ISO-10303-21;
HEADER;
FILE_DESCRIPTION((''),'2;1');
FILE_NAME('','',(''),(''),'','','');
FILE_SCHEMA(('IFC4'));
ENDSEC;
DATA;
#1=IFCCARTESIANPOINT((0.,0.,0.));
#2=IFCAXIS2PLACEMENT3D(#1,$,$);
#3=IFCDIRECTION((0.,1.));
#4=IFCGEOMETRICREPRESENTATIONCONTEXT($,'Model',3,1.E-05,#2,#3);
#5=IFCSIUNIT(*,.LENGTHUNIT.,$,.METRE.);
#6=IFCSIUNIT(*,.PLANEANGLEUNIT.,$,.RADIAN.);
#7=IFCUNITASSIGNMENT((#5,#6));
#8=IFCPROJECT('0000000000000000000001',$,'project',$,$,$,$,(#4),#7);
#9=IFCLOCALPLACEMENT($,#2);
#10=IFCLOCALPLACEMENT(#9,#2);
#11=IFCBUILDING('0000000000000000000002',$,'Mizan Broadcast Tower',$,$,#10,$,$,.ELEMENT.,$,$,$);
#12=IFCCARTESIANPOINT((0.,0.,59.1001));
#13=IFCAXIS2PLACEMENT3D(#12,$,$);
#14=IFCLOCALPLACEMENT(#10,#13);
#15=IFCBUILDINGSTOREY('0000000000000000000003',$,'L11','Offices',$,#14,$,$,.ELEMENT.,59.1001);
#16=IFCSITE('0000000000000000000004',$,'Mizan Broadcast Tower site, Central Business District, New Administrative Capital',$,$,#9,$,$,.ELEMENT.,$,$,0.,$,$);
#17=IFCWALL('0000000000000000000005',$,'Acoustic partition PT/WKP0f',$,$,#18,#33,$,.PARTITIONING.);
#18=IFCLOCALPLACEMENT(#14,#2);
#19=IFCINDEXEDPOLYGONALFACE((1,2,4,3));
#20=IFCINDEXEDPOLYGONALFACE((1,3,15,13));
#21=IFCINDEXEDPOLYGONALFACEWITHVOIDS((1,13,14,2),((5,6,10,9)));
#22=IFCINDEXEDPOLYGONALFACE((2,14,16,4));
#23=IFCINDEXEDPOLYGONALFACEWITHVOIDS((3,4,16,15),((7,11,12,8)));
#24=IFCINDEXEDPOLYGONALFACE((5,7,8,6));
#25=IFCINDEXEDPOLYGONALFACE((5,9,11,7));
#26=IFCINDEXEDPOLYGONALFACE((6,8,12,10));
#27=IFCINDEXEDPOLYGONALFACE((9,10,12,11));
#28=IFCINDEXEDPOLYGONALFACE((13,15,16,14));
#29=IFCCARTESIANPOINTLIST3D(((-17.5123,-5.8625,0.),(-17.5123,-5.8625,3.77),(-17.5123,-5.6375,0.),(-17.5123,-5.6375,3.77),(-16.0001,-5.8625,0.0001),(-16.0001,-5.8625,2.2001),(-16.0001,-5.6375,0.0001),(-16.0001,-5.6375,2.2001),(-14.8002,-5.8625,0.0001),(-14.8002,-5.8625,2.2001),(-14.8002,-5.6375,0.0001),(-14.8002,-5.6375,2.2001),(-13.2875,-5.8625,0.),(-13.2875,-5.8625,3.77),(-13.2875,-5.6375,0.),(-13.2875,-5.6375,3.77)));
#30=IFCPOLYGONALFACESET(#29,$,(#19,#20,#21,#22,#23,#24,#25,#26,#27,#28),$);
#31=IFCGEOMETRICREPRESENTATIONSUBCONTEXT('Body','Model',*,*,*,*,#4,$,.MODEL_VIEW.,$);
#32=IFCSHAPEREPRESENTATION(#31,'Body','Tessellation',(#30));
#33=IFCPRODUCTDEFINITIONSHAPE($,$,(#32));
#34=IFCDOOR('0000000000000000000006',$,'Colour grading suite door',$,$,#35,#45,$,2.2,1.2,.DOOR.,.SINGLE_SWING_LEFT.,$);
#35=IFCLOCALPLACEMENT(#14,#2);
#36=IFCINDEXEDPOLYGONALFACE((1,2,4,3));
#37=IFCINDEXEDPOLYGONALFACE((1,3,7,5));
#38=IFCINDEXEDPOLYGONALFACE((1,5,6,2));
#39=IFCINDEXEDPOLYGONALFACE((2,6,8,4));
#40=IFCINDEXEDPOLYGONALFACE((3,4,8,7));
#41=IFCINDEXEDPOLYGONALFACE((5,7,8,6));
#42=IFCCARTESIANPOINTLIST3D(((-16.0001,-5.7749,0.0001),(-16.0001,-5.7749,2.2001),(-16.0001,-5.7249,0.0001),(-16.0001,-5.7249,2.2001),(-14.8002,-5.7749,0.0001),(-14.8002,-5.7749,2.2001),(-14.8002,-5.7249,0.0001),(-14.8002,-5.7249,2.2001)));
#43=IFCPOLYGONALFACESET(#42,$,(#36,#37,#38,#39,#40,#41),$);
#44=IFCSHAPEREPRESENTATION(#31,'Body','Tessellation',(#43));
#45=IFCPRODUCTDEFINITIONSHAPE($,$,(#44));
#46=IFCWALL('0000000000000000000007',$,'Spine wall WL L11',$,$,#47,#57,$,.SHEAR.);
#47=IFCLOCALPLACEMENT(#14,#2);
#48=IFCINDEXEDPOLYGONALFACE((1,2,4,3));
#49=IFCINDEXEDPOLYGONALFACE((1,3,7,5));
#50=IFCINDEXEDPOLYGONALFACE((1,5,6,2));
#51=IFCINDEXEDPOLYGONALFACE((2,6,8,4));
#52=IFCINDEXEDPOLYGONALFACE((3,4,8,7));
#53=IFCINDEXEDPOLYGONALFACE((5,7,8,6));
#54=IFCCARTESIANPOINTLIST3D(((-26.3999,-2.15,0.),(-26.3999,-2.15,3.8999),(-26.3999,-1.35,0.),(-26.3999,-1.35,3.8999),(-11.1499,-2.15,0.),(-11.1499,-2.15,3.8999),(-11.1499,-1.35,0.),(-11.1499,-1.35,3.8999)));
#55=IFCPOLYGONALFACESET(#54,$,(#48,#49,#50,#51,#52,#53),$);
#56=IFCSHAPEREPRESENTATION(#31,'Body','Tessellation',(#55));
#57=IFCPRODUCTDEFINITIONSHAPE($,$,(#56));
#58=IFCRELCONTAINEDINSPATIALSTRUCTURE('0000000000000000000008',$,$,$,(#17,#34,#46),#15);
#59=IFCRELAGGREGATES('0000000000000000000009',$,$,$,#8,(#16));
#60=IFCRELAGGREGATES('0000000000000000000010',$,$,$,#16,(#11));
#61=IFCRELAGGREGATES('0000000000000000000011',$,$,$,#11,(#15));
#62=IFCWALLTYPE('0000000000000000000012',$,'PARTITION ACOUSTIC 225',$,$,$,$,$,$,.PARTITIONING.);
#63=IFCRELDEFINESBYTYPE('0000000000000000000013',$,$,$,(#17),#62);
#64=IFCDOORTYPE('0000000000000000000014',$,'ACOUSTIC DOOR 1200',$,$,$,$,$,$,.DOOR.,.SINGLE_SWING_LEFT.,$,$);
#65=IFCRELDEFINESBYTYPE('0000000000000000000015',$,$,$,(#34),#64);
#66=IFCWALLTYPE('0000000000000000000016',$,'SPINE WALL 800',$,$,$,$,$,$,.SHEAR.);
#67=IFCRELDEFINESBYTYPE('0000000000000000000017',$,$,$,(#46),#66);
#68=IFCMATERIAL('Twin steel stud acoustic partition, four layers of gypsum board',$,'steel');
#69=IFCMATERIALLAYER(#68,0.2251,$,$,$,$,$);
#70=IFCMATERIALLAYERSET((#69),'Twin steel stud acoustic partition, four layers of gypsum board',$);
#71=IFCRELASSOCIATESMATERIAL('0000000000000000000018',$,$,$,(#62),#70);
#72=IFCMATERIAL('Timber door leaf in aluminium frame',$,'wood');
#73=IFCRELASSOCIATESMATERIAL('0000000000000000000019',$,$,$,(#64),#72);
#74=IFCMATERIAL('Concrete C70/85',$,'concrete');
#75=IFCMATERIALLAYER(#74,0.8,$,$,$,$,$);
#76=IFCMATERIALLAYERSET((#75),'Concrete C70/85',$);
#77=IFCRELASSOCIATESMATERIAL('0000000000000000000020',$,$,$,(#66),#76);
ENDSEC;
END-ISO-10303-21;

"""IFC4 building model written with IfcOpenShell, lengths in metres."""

from ifc_helpers import new_model, si_unit, direction, frame, frame_2d, origin, place, context, subcontext, project, spatial, rectangle, extrude, material, layer, layer_set, type_object, element, fill, save


model = new_model("IFC4")

# Units and contexts
model_context = context("Model", 3, precision=1e-05, world=origin(), true_north=direction((0.0, 1.0)))
body_context = subcontext(model_context, "Body", "Model", "MODEL_VIEW")
ifc_project = project(units=[si_unit("LENGTHUNIT", "METRE"), si_unit("PLANEANGLEUNIT", "RADIAN")], contexts=[model_context])

# Site, building, storey
site_placement = place(None, origin())
site = spatial("IfcSite", under=ifc_project, at=site_placement, Name="Mizan Broadcast Tower site, Central Business District, New Administrative Capital", CompositionType="ELEMENT", RefElevation=0.0)
building_placement = place(site_placement, origin())
building = spatial("IfcBuilding", under=site, at=building_placement, Name="Mizan Broadcast Tower", CompositionType="ELEMENT")
storey_placement = place(building_placement, frame((0.0, 0.0, 59.1001)))
storey = spatial("IfcBuildingStorey", under=building, at=storey_placement, Name="L11", Description="Offices", CompositionType="ELEMENT", Elevation=59.1001)

# Shared definitions
ifc_material_1 = material(Name="Twin steel stud acoustic partition, four layers of gypsum board", Category="steel")
ifc_layer_1 = layer(ifc_material_1, 0.2251)
ifc_layer_set_1 = layer_set([ifc_layer_1], Name="Twin steel stud acoustic partition, four layers of gypsum board")
wall_type_1 = type_object("IfcWallType", Name="PARTITION ACOUSTIC 225", PredefinedType="PARTITIONING", material=ifc_layer_set_1)

# Wall, opening, door
wall_1_placement = place(storey_placement, frame((-13.2876, -5.75, 0.0), z_axis=(0.0, 0.0, 1.0), x_axis=(-1.0, 0.0, 0.0)))
wall_1 = element("IfcWall", 1, at=wall_1_placement, inside=storey, type_object=wall_type_1, Name="Acoustic partition PT/WKP0f", PredefinedType="PARTITIONING", context=body_context, shape_type="SweptSolid", body=[
    extrude(rectangle(XDim=4.2249, YDim=0.2251, at=frame_2d((2.1123, 0.0))), origin(), (0.0, 0.0, 1.0), 3.77),
])
opening_1_placement = place(wall_1_placement, frame((1.5125, 0.0, 0.0)))
opening_1 = element("IfcOpeningElement", 2, at=opening_1_placement, cuts=wall_1, PredefinedType="OPENING", context=body_context, shape_type="SweptSolid", body=[
    extrude(rectangle(XDim=1.2, YDim=2.2, at=frame_2d((0.6001, 1.1001))), frame((0.0, 0.1226, 0.0), z_axis=(0.0, -1.0, 0.0), x_axis=(1.0, 0.0, 0.0)), (0.0, 0.0, 1.0), 0.2451),
])
ifc_material_2 = material(Name="Timber door leaf in aluminium frame", Category="wood")
door_type_1 = type_object("IfcDoorType", Name="ACOUSTIC DOOR 1200", OperationType="SINGLE_SWING_LEFT", PredefinedType="DOOR", material=ifc_material_2)
door_1_placement = place(opening_1_placement, origin())
door_1 = element("IfcDoor", 3, at=door_1_placement, inside=storey, type_object=door_type_1, Name="Colour grading suite door", OperationType="SINGLE_SWING_LEFT", OverallHeight=2.2, OverallWidth=1.2, PredefinedType="DOOR", context=body_context, shape_type="SweptSolid", body=[
    extrude(rectangle(XDim=1.2, YDim=2.2, at=frame_2d((0.6001, 1.1001))), frame((0.0, 0.0249, 0.0), z_axis=(0.0, -1.0, 0.0), x_axis=(1.0, 0.0, 0.0)), (0.0, 0.0, 1.0), 0.05),
])
fill(opening_1, door_1)

# Wall
ifc_material_3 = material(Name="Concrete C70/85", Category="concrete")
ifc_layer_2 = layer(ifc_material_3, 0.8)
ifc_layer_set_2 = layer_set([ifc_layer_2], Name="Concrete C70/85")
wall_type_2 = type_object("IfcWallType", Name="SPINE WALL 800", PredefinedType="SHEAR", material=ifc_layer_set_2)
wall_2_placement = place(storey_placement, frame((-11.1499, -1.75, 0.0), z_axis=(0.0, 0.0, 1.0), x_axis=(-1.0, 0.0, 0.0)))
element("IfcWall", 4, at=wall_2_placement, inside=storey, type_object=wall_type_2, Name="Spine wall WL L11", PredefinedType="SHEAR", context=body_context, shape_type="SweptSolid", body=[
    extrude(rectangle(XDim=15.25, YDim=0.8, at=frame_2d((7.625, 0.0))), origin(), (0.0, 0.0, 1.0), 3.8999),
])

save(model, "model.ifc")
